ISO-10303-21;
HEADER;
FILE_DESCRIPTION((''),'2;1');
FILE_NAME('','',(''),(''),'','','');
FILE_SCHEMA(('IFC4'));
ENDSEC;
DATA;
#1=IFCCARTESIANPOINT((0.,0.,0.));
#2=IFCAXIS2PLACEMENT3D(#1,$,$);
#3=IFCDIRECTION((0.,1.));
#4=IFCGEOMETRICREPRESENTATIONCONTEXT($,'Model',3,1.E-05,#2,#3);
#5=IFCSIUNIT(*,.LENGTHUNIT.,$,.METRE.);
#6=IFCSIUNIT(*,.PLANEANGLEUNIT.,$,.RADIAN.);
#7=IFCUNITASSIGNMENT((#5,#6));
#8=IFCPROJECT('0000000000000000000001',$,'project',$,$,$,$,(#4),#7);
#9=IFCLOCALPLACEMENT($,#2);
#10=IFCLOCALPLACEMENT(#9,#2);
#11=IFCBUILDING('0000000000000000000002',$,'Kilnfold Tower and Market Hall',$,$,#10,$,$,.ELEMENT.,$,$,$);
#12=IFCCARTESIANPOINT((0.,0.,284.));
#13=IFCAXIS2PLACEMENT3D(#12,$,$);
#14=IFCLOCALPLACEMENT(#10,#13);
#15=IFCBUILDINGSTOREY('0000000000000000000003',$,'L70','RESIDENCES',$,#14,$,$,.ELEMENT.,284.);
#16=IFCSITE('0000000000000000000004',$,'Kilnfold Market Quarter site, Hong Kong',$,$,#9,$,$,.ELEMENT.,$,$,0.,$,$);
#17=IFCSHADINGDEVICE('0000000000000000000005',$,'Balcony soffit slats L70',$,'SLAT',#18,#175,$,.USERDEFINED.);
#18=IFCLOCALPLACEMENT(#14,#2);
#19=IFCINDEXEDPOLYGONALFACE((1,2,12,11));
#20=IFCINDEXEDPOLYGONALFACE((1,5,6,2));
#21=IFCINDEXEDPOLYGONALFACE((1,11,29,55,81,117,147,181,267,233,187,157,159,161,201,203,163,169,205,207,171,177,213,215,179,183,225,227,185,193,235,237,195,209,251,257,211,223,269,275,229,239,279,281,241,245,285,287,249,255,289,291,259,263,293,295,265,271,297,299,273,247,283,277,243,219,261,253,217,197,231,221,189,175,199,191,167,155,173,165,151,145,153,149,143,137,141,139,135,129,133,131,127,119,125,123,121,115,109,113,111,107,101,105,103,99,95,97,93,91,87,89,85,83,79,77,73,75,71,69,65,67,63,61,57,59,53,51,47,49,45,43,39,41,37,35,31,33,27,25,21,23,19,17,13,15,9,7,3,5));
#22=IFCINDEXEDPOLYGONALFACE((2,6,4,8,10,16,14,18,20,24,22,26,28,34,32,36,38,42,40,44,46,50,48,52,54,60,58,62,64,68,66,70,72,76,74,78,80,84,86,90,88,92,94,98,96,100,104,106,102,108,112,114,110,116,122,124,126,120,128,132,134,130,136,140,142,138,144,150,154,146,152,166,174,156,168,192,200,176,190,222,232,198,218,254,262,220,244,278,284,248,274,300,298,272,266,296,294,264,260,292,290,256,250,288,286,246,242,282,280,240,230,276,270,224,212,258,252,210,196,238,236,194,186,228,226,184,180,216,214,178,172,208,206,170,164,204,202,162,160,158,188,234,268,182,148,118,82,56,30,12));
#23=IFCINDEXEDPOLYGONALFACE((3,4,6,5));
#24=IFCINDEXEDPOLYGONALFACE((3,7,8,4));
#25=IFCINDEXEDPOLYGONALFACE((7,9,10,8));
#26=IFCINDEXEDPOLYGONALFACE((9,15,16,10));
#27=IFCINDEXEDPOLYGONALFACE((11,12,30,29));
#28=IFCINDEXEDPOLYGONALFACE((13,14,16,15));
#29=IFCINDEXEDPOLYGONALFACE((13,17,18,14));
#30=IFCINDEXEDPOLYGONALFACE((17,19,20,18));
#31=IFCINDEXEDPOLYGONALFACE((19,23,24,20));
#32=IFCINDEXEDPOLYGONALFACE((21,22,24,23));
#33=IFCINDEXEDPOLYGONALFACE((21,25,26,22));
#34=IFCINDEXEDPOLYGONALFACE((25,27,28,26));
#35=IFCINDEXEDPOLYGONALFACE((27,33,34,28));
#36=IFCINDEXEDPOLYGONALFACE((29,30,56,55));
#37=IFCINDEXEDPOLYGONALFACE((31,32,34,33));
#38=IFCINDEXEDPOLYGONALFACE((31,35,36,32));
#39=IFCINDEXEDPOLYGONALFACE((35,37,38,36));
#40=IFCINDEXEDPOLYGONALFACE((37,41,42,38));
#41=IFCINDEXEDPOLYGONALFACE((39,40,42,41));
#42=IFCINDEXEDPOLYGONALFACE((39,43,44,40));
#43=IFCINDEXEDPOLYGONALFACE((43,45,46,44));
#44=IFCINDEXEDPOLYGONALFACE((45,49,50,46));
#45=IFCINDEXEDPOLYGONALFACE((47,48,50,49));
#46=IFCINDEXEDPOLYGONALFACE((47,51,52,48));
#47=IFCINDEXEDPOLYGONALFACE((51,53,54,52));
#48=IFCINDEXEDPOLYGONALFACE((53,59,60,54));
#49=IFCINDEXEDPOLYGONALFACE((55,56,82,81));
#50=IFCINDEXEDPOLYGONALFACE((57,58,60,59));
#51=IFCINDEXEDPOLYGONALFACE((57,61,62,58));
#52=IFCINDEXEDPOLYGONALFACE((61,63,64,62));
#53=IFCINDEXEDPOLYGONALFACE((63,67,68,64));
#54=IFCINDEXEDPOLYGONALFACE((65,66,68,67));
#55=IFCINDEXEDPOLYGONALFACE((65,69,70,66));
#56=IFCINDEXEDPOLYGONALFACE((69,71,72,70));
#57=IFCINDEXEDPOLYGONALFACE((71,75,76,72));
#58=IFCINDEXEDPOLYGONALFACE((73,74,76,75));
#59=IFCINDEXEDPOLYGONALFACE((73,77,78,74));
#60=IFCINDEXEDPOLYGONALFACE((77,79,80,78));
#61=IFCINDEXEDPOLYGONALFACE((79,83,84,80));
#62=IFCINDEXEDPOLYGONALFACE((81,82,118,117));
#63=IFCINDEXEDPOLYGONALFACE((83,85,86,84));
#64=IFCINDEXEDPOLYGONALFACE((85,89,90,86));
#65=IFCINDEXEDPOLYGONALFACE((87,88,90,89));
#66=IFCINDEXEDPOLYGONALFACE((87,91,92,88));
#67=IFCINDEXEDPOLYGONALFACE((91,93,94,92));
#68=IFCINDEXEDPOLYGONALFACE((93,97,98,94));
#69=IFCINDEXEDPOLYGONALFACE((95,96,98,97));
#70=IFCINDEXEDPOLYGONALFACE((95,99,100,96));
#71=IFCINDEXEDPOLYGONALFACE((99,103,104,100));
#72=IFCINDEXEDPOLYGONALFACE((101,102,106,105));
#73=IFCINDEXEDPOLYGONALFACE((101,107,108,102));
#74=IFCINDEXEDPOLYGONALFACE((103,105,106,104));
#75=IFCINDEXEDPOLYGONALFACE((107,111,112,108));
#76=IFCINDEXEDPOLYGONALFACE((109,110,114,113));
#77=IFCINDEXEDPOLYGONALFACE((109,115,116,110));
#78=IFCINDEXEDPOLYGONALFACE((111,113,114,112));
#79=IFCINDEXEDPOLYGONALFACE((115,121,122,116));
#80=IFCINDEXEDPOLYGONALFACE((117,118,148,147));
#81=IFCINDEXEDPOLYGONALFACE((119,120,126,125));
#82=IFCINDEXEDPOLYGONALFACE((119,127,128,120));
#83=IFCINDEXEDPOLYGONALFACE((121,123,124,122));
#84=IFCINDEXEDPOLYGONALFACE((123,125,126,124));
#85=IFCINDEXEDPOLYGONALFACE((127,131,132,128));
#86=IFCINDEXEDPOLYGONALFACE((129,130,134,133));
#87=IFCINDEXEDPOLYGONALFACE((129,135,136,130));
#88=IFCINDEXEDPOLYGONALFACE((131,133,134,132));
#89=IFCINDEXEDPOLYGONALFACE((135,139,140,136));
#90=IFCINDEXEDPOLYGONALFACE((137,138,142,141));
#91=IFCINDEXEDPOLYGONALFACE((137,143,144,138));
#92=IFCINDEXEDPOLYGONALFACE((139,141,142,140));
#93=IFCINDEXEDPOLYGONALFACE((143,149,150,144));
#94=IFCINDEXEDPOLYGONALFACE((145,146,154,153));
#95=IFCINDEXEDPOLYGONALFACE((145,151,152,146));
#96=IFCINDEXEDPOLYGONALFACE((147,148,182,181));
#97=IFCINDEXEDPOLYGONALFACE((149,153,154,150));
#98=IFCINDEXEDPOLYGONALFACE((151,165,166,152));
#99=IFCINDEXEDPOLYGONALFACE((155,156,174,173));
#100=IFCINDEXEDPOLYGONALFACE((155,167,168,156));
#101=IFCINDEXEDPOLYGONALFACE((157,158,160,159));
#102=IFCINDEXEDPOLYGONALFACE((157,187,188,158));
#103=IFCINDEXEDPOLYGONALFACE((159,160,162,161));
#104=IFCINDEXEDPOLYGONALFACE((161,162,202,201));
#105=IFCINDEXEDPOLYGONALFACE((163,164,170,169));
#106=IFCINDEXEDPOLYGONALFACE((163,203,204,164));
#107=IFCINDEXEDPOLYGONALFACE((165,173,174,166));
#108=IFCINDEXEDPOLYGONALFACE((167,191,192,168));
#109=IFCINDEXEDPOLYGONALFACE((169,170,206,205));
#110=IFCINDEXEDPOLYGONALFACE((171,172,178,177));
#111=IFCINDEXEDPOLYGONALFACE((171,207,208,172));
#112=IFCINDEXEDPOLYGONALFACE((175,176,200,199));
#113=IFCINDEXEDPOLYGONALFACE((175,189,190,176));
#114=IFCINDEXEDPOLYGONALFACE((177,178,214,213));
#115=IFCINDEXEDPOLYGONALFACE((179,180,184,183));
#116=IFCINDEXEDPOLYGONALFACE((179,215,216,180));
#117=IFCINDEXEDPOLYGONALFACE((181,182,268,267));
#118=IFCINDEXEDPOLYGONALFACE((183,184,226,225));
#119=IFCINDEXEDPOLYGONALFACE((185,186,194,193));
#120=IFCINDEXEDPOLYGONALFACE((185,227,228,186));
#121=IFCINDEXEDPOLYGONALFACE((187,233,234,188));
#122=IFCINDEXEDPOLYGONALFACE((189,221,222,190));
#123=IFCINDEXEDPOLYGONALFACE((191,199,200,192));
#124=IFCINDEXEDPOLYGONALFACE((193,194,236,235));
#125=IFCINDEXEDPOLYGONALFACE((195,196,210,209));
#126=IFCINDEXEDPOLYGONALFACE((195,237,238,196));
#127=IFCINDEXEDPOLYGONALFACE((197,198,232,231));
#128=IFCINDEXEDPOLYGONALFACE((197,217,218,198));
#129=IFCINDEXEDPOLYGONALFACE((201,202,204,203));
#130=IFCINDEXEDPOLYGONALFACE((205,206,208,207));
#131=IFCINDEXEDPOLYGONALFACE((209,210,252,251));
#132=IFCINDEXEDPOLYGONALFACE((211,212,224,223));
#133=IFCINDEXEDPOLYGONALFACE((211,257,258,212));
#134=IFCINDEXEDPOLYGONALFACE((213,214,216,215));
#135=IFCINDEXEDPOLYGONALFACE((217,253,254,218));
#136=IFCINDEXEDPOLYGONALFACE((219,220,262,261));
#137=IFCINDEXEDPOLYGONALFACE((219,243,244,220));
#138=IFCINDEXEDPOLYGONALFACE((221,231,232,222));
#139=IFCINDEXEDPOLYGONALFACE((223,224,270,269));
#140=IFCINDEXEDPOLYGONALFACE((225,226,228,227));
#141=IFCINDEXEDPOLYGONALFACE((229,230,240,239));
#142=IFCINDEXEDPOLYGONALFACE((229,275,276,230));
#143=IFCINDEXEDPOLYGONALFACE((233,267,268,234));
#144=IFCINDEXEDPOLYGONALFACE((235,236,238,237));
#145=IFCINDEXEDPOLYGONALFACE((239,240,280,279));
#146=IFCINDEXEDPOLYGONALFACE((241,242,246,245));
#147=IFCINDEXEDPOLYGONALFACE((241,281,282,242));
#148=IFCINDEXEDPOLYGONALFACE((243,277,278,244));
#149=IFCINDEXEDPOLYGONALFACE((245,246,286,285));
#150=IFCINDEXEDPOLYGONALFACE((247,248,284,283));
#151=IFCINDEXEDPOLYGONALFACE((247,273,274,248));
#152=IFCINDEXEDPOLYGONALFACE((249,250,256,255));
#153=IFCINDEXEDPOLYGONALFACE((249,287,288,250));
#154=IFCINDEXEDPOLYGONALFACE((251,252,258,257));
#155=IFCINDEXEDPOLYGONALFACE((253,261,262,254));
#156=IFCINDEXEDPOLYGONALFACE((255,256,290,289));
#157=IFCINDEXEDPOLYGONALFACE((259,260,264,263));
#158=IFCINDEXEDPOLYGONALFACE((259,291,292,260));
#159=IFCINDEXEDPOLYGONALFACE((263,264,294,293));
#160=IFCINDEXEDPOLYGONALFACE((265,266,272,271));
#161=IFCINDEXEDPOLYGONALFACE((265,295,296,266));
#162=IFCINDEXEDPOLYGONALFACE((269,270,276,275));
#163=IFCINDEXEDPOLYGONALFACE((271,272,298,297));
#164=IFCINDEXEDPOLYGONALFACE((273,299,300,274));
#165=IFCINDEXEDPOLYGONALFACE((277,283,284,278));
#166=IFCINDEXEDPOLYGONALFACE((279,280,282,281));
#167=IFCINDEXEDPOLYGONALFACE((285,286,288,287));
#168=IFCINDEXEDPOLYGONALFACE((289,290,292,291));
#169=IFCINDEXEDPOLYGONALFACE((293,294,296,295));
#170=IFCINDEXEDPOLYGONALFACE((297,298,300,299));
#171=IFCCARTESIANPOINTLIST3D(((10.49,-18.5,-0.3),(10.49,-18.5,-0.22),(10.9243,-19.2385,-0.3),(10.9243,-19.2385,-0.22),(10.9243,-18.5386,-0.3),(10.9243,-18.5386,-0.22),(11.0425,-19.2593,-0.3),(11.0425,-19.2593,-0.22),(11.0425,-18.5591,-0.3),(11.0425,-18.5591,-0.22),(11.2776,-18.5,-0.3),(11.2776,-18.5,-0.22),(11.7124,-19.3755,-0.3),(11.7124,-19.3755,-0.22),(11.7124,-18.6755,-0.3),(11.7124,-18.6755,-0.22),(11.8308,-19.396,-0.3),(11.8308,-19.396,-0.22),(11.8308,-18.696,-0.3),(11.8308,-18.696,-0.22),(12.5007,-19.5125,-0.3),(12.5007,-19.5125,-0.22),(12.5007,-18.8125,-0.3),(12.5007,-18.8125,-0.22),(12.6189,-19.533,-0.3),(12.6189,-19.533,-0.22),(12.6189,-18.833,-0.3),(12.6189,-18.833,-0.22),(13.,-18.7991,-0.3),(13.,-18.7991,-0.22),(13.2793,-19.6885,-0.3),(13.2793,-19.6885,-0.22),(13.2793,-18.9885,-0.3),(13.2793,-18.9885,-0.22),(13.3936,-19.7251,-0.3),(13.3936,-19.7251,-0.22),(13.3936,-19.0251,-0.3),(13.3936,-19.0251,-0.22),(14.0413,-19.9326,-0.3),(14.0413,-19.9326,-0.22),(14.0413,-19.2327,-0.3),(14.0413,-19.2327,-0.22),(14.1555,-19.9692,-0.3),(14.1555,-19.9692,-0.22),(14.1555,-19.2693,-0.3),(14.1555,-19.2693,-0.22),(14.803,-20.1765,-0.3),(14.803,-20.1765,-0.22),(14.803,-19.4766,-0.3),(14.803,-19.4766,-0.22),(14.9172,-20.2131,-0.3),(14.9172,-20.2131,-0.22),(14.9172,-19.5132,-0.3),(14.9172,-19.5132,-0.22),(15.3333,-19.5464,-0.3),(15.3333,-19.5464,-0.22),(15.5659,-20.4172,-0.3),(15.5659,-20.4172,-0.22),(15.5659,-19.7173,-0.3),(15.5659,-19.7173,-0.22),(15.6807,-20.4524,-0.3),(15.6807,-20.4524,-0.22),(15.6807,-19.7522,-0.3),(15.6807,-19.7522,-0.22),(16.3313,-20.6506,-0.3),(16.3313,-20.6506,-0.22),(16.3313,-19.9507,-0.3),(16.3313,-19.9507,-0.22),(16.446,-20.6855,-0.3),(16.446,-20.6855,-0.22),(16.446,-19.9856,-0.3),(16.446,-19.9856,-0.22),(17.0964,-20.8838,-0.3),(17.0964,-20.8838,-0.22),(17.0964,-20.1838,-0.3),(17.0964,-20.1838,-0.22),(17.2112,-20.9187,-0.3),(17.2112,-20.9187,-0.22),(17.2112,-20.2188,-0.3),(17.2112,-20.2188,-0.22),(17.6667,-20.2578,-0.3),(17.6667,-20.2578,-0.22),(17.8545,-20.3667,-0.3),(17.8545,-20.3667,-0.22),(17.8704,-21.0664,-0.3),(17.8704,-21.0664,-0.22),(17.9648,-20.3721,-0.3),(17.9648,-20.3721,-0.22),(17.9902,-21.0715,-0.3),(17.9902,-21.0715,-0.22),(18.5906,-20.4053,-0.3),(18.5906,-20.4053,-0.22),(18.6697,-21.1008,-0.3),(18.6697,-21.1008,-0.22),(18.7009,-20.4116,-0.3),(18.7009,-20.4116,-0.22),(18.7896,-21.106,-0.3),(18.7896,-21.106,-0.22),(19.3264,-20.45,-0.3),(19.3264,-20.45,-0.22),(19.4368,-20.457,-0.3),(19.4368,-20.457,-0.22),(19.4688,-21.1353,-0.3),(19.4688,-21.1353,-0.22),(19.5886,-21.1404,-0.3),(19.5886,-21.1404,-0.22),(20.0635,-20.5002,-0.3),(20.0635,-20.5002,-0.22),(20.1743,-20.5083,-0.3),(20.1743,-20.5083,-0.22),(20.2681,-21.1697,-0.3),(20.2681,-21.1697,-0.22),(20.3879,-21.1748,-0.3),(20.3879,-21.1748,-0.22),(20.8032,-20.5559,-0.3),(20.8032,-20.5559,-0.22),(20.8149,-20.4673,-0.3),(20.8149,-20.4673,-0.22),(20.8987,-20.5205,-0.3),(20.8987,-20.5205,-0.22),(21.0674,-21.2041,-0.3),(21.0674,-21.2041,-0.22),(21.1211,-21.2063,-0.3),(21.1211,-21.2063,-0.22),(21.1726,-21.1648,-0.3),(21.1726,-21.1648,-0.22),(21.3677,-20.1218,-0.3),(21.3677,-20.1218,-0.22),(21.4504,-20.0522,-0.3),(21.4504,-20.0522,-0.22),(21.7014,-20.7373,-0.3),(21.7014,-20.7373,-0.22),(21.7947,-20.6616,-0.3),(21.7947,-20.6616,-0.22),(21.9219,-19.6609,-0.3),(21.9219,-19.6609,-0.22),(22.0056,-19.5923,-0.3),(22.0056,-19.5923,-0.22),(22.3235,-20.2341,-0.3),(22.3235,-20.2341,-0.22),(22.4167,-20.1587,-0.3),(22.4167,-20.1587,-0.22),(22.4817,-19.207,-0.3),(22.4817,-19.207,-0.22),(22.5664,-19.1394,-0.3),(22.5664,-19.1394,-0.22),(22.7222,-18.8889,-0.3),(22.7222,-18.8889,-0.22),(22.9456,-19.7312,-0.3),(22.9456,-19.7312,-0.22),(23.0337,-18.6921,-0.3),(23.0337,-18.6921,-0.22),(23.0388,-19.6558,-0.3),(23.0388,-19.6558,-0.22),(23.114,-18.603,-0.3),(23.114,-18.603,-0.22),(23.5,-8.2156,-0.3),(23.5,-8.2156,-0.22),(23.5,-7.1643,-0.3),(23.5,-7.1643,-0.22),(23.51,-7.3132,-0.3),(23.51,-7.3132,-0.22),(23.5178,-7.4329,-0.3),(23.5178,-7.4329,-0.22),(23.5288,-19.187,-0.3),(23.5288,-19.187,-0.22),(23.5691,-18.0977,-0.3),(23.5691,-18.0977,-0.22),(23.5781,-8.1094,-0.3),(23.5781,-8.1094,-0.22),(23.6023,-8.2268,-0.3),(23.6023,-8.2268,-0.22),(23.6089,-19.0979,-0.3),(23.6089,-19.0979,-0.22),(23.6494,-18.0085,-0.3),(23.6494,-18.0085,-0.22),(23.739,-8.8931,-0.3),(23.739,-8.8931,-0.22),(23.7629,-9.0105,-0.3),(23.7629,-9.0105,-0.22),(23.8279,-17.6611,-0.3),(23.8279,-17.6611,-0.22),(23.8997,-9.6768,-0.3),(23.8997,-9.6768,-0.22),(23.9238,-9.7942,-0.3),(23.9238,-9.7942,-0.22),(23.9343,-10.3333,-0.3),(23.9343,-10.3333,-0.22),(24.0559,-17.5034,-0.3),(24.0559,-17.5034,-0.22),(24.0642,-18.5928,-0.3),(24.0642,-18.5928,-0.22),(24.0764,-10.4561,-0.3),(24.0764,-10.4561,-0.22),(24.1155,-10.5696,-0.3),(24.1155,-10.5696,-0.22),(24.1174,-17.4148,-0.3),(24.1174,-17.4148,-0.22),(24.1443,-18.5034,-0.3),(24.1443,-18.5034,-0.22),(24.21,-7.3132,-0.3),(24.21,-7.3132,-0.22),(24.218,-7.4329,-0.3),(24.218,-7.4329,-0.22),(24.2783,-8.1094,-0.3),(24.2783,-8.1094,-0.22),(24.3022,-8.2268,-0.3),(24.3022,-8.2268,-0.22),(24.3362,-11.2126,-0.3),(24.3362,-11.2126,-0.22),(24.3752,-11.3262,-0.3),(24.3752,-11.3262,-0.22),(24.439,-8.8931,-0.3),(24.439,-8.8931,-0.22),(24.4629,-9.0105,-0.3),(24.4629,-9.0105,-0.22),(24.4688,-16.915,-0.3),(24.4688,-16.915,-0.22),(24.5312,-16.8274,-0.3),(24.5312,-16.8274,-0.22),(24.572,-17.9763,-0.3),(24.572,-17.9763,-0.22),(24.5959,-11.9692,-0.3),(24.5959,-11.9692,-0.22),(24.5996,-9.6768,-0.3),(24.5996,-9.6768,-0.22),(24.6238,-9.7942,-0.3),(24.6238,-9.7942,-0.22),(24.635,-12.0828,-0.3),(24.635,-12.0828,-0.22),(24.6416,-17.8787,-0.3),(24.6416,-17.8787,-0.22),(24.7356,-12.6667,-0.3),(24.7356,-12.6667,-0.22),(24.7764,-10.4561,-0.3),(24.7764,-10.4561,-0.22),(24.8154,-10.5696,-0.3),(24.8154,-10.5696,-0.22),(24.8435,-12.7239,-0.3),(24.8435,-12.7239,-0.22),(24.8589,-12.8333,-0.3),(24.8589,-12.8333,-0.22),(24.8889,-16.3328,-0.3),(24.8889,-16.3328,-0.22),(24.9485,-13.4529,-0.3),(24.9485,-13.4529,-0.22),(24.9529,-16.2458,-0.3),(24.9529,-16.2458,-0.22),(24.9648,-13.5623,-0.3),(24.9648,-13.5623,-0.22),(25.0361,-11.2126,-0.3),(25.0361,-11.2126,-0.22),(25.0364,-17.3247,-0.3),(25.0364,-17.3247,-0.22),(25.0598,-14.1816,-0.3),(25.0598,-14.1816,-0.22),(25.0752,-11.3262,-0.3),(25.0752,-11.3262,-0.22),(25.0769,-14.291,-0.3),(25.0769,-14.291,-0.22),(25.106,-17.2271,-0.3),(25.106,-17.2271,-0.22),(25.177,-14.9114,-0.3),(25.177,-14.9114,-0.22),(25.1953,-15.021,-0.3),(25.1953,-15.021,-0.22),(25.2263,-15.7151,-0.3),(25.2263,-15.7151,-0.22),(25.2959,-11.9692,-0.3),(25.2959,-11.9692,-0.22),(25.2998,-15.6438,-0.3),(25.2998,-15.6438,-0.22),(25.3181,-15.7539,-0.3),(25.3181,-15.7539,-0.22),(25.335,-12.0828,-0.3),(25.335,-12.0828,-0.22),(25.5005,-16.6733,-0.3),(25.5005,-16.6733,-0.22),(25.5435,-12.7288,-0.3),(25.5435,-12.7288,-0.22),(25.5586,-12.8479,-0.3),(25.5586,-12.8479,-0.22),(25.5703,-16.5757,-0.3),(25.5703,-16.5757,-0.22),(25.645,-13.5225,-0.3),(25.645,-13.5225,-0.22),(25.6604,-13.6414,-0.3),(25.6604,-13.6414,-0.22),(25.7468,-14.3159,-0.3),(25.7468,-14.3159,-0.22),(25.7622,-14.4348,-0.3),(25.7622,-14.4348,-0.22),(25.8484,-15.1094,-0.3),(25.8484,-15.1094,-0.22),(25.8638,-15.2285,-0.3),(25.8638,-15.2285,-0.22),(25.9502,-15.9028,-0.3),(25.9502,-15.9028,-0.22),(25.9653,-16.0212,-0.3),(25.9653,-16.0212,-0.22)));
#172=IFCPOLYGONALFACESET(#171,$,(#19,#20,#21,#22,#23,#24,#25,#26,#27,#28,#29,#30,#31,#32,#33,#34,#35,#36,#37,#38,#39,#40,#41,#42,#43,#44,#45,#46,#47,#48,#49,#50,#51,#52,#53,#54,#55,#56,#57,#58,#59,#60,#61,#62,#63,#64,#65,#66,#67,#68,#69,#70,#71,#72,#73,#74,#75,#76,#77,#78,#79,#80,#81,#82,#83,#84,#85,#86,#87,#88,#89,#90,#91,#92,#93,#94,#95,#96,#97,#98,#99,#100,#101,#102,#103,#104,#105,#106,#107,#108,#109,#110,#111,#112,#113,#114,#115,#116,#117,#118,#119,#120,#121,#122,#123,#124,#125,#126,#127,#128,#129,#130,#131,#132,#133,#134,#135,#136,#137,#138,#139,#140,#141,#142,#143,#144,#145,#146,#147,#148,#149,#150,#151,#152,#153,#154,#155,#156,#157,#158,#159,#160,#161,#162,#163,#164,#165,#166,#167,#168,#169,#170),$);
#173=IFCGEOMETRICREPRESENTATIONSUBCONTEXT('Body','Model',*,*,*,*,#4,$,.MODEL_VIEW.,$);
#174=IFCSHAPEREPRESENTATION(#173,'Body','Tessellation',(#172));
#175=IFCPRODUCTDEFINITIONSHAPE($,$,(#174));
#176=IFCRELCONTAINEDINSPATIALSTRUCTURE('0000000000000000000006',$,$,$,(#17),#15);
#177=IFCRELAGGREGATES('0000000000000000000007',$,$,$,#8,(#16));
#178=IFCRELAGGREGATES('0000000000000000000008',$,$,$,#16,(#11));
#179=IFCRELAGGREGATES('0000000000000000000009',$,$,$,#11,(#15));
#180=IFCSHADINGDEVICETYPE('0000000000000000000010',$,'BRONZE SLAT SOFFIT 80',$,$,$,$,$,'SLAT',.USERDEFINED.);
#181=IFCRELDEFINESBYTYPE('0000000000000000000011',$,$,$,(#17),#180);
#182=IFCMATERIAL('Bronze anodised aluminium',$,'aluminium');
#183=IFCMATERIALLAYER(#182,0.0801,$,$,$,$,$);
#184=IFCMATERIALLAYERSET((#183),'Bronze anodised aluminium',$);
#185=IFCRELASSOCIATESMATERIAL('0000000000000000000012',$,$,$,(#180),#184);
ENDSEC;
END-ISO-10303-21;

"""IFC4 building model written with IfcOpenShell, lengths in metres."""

from ifc_helpers import new_model, si_unit, direction, frame, origin, place, context, subcontext, project, spatial, polyline, outline, extrude, source, transform, mapped, material, layer, layer_set, type_object, element, save


model = new_model("IFC4")

# Units and contexts
model_context = context("Model", 3, precision=1e-05, world=origin(), true_north=direction((0.0, 1.0)))
body_context = subcontext(model_context, "Body", "Model", "MODEL_VIEW")
ifc_project = project(units=[si_unit("LENGTHUNIT", "METRE"), si_unit("PLANEANGLEUNIT", "RADIAN")], contexts=[model_context])

# Site, building, storey
site_placement = place(None, origin())
site = spatial("IfcSite", under=ifc_project, at=site_placement, Name="Kilnfold Market Quarter site, Hong Kong", CompositionType="ELEMENT", RefElevation=0.0)
building_placement = place(site_placement, origin())
building = spatial("IfcBuilding", under=site, at=building_placement, Name="Kilnfold Tower and Market Hall", CompositionType="ELEMENT")
storey_placement = place(building_placement, frame((0.0, 0.0, 284.0)))
storey = spatial("IfcBuildingStorey", under=building, at=storey_placement, Name="L70", Description="RESIDENCES", CompositionType="ELEMENT", Elevation=284.0)

# Shading device
ifc_material_1 = material(Name="Bronze anodised aluminium", Category="aluminium")
ifc_layer_1 = layer(ifc_material_1, 0.0801)
ifc_layer_set_1 = layer_set([ifc_layer_1], Name="Bronze anodised aluminium")
shading_device_type_1 = type_object("IfcShadingDeviceType", Name="BRONZE SLAT SOFFIT 80", ElementType="SLAT", PredefinedType="USERDEFINED", material=ifc_layer_set_1)
shared_shape_1 = source(origin(), body_context, "Body", "SweptSolid", [
    extrude(outline(polyline([(13.0, -18.7991), (15.3333, -19.5464), (17.6667, -20.2578), (20.8149, -20.4673), (22.7222, -18.8889), (23.8279, -17.6611), (25.2263, -15.7151), (24.7356, -12.6667), (23.9343, -10.3333), (23.5, -8.2156), (23.5, -7.1643), (23.51, -7.3132), (24.21, -7.3132), (24.218, -7.4329), (23.5178, -7.4329), (23.5781, -8.1094), (24.2783, -8.1094), (24.3022, -8.2268), (23.6023, -8.2268), (23.739, -8.8931), (24.439, -8.8931), (24.4629, -9.0105), (23.7629, -9.0105), (23.8997, -9.6768), (24.5996, -9.6768), (24.6238, -9.7942), (23.9238, -9.7942), (24.0764, -10.4561), (24.7764, -10.4561), (24.8154, -10.5696), (24.1155, -10.5696), (24.3362, -11.2126), (25.0361, -11.2126), (25.0752, -11.3262), (24.3752, -11.3262), (24.5959, -11.9692), (25.2959, -11.9692), (25.335, -12.0828), (24.635, -12.0828), (24.8435, -12.7239), (25.5435, -12.7288), (25.5586, -12.8479), (24.8589, -12.8333), (24.9485, -13.4529), (25.645, -13.5225), (25.6604, -13.6414), (24.9648, -13.5623), (25.0598, -14.1816), (25.7468, -14.3159), (25.7622, -14.4348), (25.0769, -14.291), (25.177, -14.9114), (25.8484, -15.1094), (25.8638, -15.2285), (25.1953, -15.021), (25.2998, -15.6438), (25.9502, -15.9028), (25.9653, -16.0212), (25.3181, -15.7539), (24.9529, -16.2458), (25.5703, -16.5757), (25.5005, -16.6733), (24.8889, -16.3328), (24.5312, -16.8274), (25.106, -17.2271), (25.0364, -17.3247), (24.4688, -16.915), (24.1174, -17.4148), (24.6416, -17.8787), (24.572, -17.9763), (24.0559, -17.5034), (23.6494, -18.0085), (24.1443, -18.5034), (24.0642, -18.5928), (23.5691, -18.0977), (23.114, -18.603), (23.6089, -19.0979), (23.5288, -19.187), (23.0337, -18.6921), (22.5664, -19.1394), (23.0388, -19.6558), (22.9456, -19.7312), (22.4817, -19.207), (22.0056, -19.5923), (22.4167, -20.1587), (22.3235, -20.2341), (21.9219, -19.6609), (21.4504, -20.0522), (21.7947, -20.6616), (21.7014, -20.7373), (21.3677, -20.1218), (20.8987, -20.5205), (21.1726, -21.1648), (21.1211, -21.2063), (21.0674, -21.2041), (20.8032, -20.5559), (20.1743, -20.5083), (20.3879, -21.1748), (20.2681, -21.1697), (20.0635, -20.5002), (19.4368, -20.457), (19.5886, -21.1404), (19.4688, -21.1353), (19.3264, -20.45), (18.7009, -20.4116), (18.7896, -21.106), (18.6697, -21.1008), (18.5906, -20.4053), (17.9648, -20.3721), (17.9902, -21.0715), (17.8704, -21.0664), (17.8545, -20.3667), (17.2112, -20.2188), (17.2112, -20.9187), (17.0964, -20.8838), (17.0964, -20.1838), (16.446, -19.9856), (16.446, -20.6855), (16.3313, -20.6506), (16.3313, -19.9507), (15.6807, -19.7522), (15.6807, -20.4524), (15.5659, -20.4172), (15.5659, -19.7173), (14.9172, -19.5132), (14.9172, -20.2131), (14.803, -20.1765), (14.803, -19.4766), (14.1555, -19.2693), (14.1555, -19.9692), (14.0413, -19.9326), (14.0413, -19.2327), (13.3936, -19.0251), (13.3936, -19.7251), (13.2793, -19.6885), (13.2793, -18.9885), (12.6189, -18.833), (12.6189, -19.533), (12.5007, -19.5125), (12.5007, -18.8125), (11.8308, -18.696), (11.8308, -19.396), (11.7124, -19.3755), (11.7124, -18.6755), (11.0425, -18.5591), (11.0425, -19.2593), (10.9243, -19.2385), (10.9243, -18.5386), (10.49, -18.5), (11.2776, -18.5), (13.0, -18.7991)])), origin(), (0.0, 0.0, 1.0), 0.0801),
])
shading_device_1_placement = place(storey_placement, frame((0.0, 0.0, -0.3)))
element("IfcShadingDevice", 1, at=shading_device_1_placement, inside=storey, type_object=shading_device_type_1, Name="Balcony soffit slats L70", ObjectType="SLAT", PredefinedType="USERDEFINED", context=body_context, shape_type="MappedRepresentation", body=[
    mapped(shared_shape_1, transform((0.0, 0.0, 0.0))),
])

save(model, "model.ifc")
